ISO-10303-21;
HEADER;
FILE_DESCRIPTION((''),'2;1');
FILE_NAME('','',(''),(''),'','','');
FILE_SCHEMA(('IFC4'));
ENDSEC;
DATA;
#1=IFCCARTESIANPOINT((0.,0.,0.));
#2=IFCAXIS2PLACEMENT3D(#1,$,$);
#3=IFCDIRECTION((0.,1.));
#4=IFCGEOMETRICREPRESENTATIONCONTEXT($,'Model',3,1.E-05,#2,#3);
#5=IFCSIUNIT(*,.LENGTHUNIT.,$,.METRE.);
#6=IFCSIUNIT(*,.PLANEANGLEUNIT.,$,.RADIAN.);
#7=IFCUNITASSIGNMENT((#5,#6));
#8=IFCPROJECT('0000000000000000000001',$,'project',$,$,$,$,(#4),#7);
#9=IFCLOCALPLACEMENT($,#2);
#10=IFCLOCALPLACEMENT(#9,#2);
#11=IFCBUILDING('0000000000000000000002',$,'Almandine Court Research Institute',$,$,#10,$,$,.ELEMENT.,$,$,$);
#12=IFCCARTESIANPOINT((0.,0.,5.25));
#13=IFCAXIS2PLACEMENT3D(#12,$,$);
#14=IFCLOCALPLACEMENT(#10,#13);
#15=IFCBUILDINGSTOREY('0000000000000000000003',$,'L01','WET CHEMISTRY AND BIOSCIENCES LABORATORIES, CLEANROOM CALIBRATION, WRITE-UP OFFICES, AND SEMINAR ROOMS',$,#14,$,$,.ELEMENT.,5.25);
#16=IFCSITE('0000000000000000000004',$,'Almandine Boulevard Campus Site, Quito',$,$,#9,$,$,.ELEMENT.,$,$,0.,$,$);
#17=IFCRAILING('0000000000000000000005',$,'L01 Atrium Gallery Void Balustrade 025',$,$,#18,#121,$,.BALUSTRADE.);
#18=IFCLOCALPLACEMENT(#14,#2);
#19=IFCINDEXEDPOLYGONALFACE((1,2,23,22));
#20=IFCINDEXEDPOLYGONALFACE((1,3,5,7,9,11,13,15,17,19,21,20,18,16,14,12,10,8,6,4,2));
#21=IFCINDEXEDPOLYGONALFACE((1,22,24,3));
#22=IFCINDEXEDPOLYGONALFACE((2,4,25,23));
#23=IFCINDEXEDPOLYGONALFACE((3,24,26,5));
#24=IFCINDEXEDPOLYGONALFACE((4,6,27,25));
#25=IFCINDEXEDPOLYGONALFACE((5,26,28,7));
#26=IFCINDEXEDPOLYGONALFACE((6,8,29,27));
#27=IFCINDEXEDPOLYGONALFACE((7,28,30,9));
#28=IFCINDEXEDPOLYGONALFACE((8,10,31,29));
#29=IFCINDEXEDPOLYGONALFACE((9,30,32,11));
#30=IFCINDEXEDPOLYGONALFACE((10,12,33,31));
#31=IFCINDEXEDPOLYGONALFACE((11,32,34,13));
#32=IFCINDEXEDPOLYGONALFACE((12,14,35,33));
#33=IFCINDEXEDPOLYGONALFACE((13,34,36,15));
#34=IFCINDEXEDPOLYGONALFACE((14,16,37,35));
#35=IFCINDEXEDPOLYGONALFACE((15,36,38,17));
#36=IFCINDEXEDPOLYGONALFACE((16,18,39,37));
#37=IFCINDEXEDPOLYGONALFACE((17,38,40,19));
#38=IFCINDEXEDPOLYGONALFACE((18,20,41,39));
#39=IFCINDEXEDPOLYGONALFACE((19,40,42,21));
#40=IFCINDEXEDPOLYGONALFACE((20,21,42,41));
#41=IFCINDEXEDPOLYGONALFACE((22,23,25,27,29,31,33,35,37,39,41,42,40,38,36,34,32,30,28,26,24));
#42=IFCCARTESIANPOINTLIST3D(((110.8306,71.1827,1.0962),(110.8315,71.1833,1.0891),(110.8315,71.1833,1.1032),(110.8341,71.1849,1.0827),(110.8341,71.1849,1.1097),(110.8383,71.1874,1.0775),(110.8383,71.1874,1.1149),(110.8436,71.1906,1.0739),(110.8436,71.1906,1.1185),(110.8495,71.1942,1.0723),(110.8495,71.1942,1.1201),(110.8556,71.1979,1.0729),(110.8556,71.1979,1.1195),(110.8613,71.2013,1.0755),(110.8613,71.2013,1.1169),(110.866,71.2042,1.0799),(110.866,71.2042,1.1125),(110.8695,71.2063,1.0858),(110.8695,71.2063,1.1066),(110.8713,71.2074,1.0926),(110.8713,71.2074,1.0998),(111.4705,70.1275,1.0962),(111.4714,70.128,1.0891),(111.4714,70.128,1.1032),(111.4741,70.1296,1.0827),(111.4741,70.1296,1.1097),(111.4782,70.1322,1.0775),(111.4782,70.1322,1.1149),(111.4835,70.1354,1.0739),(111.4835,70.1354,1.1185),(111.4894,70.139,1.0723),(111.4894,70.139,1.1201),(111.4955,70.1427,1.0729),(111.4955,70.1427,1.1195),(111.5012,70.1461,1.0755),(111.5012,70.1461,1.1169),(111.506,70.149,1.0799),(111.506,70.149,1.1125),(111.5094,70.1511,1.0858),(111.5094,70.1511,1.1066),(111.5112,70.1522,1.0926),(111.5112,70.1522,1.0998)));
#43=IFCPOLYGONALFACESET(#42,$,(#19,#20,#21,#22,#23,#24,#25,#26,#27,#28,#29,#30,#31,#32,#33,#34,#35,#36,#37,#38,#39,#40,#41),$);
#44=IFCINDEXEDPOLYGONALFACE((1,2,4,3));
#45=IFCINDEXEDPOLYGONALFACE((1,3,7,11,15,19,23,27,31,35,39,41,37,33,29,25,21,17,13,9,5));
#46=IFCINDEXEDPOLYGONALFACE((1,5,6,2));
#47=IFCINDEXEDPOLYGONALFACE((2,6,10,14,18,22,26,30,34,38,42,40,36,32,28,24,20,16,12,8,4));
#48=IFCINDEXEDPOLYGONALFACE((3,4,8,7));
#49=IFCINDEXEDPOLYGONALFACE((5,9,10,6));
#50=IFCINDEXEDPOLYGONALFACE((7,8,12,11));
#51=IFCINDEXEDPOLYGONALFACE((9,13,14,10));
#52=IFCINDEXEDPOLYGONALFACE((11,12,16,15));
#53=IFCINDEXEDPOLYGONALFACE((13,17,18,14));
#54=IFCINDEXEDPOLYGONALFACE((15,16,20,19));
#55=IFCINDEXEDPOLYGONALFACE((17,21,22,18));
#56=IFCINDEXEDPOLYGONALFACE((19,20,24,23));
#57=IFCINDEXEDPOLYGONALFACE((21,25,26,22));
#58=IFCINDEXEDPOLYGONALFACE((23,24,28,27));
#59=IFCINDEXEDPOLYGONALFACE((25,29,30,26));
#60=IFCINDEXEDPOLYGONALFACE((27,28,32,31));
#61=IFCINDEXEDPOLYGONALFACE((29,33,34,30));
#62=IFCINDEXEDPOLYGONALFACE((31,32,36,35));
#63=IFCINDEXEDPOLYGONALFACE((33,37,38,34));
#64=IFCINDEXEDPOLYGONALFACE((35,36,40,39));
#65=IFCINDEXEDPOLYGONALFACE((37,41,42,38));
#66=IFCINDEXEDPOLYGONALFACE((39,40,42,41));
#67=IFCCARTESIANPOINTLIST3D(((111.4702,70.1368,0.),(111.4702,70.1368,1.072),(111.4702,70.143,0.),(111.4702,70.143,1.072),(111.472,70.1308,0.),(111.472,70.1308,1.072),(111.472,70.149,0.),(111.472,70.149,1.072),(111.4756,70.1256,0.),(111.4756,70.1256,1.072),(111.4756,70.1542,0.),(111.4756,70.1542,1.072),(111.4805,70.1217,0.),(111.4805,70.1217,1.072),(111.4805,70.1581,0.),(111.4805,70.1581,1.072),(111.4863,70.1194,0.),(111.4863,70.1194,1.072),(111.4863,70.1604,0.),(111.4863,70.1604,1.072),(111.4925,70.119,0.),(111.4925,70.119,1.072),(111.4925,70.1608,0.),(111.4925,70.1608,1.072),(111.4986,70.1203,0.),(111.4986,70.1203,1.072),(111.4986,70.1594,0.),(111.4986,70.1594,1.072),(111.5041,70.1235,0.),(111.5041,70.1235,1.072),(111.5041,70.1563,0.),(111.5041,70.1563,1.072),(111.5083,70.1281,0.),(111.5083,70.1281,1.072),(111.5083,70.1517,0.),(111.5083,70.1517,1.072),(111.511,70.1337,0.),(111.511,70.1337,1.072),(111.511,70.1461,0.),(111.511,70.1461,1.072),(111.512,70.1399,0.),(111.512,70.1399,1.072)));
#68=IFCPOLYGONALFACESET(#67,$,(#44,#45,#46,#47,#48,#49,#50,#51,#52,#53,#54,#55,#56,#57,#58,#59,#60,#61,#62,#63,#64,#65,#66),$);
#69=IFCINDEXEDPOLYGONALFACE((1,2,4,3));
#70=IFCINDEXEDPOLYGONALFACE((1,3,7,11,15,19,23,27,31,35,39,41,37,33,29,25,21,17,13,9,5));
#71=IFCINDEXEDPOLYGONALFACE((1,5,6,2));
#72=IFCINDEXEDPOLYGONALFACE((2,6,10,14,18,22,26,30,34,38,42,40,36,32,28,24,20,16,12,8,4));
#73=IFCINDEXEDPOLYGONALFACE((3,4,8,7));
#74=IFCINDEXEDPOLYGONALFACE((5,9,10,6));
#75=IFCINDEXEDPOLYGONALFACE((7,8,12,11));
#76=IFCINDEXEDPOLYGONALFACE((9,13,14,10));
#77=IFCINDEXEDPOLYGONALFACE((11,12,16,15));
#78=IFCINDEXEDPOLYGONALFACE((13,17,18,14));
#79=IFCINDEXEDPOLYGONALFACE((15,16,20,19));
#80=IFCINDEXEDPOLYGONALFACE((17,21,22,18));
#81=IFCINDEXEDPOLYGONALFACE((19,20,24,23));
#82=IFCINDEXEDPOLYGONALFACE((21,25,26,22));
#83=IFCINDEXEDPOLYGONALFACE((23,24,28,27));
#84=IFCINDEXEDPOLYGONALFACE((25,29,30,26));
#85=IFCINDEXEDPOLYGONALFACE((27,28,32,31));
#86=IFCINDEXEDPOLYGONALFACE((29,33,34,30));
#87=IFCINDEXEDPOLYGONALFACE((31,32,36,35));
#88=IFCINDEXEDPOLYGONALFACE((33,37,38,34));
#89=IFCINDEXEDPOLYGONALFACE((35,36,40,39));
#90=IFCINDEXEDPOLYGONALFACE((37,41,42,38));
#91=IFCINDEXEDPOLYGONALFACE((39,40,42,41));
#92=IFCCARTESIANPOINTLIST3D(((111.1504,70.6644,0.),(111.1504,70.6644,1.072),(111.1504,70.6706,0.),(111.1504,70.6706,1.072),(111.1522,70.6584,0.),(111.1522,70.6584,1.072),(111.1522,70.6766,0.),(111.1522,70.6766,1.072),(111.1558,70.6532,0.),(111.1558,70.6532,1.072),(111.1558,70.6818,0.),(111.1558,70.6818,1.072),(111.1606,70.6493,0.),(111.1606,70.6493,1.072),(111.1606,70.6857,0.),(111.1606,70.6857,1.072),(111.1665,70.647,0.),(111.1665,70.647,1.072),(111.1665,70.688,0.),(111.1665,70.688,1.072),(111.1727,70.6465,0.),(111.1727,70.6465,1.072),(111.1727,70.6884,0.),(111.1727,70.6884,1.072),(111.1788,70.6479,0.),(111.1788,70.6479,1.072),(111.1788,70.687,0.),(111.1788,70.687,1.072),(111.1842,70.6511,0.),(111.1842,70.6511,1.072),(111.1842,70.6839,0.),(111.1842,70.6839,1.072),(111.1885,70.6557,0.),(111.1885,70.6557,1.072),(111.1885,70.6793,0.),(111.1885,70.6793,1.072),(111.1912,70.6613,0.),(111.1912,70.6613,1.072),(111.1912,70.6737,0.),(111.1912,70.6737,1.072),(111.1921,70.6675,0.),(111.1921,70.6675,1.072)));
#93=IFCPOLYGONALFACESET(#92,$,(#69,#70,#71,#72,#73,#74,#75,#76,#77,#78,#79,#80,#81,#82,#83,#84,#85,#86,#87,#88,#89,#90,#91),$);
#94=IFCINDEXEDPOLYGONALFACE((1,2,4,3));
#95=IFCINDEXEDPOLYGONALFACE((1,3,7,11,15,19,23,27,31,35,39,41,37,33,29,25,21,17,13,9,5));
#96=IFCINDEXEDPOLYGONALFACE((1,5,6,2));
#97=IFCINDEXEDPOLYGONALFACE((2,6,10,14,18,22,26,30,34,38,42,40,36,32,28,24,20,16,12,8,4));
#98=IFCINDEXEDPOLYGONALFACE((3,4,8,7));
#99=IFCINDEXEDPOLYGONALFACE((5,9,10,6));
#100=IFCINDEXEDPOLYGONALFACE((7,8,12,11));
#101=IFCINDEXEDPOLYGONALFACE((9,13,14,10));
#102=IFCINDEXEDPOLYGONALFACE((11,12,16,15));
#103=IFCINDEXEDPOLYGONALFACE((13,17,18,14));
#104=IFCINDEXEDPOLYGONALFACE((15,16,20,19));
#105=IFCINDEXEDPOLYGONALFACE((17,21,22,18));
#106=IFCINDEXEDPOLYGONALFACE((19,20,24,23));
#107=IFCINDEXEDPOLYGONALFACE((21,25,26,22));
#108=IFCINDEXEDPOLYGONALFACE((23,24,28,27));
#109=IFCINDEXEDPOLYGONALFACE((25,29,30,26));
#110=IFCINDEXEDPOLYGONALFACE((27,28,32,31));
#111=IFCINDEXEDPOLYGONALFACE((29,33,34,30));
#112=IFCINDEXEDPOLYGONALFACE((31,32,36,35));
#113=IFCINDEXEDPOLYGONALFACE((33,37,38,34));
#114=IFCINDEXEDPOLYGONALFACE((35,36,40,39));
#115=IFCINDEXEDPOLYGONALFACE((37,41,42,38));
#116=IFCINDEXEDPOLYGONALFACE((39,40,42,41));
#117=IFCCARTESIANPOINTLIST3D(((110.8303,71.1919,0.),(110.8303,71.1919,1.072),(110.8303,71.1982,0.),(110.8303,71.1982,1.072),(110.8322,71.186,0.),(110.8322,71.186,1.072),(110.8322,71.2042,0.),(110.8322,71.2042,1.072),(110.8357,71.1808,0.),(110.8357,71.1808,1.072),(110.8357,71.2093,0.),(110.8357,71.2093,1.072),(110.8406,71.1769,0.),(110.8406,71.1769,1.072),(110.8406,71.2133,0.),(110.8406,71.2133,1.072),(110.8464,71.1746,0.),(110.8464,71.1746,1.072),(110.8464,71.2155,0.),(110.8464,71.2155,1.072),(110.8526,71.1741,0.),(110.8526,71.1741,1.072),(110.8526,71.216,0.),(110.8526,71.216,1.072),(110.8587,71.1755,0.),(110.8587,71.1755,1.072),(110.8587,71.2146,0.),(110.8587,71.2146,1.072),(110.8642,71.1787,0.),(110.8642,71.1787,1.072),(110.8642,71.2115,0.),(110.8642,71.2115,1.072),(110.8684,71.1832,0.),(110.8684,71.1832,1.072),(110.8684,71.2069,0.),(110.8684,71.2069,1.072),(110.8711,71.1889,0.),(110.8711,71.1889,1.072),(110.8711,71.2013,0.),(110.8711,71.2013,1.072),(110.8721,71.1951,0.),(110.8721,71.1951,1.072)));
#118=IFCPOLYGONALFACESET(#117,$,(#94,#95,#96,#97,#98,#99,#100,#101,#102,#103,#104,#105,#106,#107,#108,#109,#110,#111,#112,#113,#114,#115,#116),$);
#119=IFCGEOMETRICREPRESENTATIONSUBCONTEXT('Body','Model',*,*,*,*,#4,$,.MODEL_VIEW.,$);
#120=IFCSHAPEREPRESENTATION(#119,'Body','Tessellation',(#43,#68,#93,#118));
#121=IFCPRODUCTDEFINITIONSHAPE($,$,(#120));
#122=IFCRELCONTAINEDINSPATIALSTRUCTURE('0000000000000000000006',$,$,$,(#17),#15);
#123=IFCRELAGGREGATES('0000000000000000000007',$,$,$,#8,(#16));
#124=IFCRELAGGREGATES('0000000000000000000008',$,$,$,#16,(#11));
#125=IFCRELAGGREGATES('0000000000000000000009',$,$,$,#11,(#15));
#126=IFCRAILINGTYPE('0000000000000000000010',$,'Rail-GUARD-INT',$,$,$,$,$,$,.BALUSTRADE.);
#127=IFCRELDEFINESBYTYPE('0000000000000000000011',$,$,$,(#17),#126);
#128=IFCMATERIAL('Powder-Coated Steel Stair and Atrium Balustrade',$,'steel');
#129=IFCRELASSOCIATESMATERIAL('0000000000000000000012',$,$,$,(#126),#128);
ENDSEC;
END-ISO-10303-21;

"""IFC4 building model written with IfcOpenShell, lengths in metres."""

from ifc_helpers import new_model, si_unit, direction, frame, origin, origin_2d, place, context, subcontext, project, spatial, circle, extrude, material, type_object, element, save


model = new_model("IFC4")

# Units and contexts
model_context = context("Model", 3, precision=1e-05, world=origin(), true_north=direction((0.0, 1.0)))
body_context = subcontext(model_context, "Body", "Model", "MODEL_VIEW")
ifc_project = project(units=[si_unit("LENGTHUNIT", "METRE"), si_unit("PLANEANGLEUNIT", "RADIAN")], contexts=[model_context])

# Site, building, storey
site_placement = place(None, origin())
site = spatial("IfcSite", under=ifc_project, at=site_placement, Name="Almandine Boulevard Campus Site, Quito", CompositionType="ELEMENT", RefElevation=0.0)
building_placement = place(site_placement, origin())
building = spatial("IfcBuilding", under=site, at=building_placement, Name="Almandine Court Research Institute", CompositionType="ELEMENT")
storey_placement = place(building_placement, frame((0.0, 0.0, 5.25)))
storey = spatial("IfcBuildingStorey", under=building, at=storey_placement, Name="L01", Description="WET CHEMISTRY AND BIOSCIENCES LABORATORIES, CLEANROOM CALIBRATION, WRITE-UP OFFICES, AND SEMINAR ROOMS", CompositionType="ELEMENT", Elevation=5.25)

# Railing
ifc_material_1 = material(Name="Powder-Coated Steel Stair and Atrium Balustrade", Category="steel")
railing_type = type_object("IfcRailingType", Name="Rail-GUARD-INT", PredefinedType="BALUSTRADE", material=ifc_material_1)
railing_1_placement = place(storey_placement, frame((111.491, 70.1399, 0.0)))
element("IfcRailing", 1, at=railing_1_placement, inside=storey, type_object=railing_type, Name="L01 Atrium Gallery Void Balustrade 025", PredefinedType="BALUSTRADE", context=body_context, shape_type="SweptSolid", body=[
    extrude(circle(Radius=0.0239, at=origin_2d()), frame((0.0, 0.0, 1.0962), z_axis=(-0.518534, 0.855057, 0.0), x_axis=(-0.855057, -0.518534, 0.0)), (0.0, 0.0, 1.0), 1.2341),
    extrude(circle(Radius=0.021, at=origin_2d()), origin(), (0.0, 0.0, 1.0), 1.072),
    extrude(circle(Radius=0.021, at=origin_2d()), frame((-0.3198, 0.5276, 0.0)), (0.0, 0.0, 1.0), 1.072),
    extrude(circle(Radius=0.021, at=origin_2d()), frame((-0.6399, 1.0552, 0.0)), (0.0, 0.0, 1.0), 1.072),
])

save(model, "model.ifc")
